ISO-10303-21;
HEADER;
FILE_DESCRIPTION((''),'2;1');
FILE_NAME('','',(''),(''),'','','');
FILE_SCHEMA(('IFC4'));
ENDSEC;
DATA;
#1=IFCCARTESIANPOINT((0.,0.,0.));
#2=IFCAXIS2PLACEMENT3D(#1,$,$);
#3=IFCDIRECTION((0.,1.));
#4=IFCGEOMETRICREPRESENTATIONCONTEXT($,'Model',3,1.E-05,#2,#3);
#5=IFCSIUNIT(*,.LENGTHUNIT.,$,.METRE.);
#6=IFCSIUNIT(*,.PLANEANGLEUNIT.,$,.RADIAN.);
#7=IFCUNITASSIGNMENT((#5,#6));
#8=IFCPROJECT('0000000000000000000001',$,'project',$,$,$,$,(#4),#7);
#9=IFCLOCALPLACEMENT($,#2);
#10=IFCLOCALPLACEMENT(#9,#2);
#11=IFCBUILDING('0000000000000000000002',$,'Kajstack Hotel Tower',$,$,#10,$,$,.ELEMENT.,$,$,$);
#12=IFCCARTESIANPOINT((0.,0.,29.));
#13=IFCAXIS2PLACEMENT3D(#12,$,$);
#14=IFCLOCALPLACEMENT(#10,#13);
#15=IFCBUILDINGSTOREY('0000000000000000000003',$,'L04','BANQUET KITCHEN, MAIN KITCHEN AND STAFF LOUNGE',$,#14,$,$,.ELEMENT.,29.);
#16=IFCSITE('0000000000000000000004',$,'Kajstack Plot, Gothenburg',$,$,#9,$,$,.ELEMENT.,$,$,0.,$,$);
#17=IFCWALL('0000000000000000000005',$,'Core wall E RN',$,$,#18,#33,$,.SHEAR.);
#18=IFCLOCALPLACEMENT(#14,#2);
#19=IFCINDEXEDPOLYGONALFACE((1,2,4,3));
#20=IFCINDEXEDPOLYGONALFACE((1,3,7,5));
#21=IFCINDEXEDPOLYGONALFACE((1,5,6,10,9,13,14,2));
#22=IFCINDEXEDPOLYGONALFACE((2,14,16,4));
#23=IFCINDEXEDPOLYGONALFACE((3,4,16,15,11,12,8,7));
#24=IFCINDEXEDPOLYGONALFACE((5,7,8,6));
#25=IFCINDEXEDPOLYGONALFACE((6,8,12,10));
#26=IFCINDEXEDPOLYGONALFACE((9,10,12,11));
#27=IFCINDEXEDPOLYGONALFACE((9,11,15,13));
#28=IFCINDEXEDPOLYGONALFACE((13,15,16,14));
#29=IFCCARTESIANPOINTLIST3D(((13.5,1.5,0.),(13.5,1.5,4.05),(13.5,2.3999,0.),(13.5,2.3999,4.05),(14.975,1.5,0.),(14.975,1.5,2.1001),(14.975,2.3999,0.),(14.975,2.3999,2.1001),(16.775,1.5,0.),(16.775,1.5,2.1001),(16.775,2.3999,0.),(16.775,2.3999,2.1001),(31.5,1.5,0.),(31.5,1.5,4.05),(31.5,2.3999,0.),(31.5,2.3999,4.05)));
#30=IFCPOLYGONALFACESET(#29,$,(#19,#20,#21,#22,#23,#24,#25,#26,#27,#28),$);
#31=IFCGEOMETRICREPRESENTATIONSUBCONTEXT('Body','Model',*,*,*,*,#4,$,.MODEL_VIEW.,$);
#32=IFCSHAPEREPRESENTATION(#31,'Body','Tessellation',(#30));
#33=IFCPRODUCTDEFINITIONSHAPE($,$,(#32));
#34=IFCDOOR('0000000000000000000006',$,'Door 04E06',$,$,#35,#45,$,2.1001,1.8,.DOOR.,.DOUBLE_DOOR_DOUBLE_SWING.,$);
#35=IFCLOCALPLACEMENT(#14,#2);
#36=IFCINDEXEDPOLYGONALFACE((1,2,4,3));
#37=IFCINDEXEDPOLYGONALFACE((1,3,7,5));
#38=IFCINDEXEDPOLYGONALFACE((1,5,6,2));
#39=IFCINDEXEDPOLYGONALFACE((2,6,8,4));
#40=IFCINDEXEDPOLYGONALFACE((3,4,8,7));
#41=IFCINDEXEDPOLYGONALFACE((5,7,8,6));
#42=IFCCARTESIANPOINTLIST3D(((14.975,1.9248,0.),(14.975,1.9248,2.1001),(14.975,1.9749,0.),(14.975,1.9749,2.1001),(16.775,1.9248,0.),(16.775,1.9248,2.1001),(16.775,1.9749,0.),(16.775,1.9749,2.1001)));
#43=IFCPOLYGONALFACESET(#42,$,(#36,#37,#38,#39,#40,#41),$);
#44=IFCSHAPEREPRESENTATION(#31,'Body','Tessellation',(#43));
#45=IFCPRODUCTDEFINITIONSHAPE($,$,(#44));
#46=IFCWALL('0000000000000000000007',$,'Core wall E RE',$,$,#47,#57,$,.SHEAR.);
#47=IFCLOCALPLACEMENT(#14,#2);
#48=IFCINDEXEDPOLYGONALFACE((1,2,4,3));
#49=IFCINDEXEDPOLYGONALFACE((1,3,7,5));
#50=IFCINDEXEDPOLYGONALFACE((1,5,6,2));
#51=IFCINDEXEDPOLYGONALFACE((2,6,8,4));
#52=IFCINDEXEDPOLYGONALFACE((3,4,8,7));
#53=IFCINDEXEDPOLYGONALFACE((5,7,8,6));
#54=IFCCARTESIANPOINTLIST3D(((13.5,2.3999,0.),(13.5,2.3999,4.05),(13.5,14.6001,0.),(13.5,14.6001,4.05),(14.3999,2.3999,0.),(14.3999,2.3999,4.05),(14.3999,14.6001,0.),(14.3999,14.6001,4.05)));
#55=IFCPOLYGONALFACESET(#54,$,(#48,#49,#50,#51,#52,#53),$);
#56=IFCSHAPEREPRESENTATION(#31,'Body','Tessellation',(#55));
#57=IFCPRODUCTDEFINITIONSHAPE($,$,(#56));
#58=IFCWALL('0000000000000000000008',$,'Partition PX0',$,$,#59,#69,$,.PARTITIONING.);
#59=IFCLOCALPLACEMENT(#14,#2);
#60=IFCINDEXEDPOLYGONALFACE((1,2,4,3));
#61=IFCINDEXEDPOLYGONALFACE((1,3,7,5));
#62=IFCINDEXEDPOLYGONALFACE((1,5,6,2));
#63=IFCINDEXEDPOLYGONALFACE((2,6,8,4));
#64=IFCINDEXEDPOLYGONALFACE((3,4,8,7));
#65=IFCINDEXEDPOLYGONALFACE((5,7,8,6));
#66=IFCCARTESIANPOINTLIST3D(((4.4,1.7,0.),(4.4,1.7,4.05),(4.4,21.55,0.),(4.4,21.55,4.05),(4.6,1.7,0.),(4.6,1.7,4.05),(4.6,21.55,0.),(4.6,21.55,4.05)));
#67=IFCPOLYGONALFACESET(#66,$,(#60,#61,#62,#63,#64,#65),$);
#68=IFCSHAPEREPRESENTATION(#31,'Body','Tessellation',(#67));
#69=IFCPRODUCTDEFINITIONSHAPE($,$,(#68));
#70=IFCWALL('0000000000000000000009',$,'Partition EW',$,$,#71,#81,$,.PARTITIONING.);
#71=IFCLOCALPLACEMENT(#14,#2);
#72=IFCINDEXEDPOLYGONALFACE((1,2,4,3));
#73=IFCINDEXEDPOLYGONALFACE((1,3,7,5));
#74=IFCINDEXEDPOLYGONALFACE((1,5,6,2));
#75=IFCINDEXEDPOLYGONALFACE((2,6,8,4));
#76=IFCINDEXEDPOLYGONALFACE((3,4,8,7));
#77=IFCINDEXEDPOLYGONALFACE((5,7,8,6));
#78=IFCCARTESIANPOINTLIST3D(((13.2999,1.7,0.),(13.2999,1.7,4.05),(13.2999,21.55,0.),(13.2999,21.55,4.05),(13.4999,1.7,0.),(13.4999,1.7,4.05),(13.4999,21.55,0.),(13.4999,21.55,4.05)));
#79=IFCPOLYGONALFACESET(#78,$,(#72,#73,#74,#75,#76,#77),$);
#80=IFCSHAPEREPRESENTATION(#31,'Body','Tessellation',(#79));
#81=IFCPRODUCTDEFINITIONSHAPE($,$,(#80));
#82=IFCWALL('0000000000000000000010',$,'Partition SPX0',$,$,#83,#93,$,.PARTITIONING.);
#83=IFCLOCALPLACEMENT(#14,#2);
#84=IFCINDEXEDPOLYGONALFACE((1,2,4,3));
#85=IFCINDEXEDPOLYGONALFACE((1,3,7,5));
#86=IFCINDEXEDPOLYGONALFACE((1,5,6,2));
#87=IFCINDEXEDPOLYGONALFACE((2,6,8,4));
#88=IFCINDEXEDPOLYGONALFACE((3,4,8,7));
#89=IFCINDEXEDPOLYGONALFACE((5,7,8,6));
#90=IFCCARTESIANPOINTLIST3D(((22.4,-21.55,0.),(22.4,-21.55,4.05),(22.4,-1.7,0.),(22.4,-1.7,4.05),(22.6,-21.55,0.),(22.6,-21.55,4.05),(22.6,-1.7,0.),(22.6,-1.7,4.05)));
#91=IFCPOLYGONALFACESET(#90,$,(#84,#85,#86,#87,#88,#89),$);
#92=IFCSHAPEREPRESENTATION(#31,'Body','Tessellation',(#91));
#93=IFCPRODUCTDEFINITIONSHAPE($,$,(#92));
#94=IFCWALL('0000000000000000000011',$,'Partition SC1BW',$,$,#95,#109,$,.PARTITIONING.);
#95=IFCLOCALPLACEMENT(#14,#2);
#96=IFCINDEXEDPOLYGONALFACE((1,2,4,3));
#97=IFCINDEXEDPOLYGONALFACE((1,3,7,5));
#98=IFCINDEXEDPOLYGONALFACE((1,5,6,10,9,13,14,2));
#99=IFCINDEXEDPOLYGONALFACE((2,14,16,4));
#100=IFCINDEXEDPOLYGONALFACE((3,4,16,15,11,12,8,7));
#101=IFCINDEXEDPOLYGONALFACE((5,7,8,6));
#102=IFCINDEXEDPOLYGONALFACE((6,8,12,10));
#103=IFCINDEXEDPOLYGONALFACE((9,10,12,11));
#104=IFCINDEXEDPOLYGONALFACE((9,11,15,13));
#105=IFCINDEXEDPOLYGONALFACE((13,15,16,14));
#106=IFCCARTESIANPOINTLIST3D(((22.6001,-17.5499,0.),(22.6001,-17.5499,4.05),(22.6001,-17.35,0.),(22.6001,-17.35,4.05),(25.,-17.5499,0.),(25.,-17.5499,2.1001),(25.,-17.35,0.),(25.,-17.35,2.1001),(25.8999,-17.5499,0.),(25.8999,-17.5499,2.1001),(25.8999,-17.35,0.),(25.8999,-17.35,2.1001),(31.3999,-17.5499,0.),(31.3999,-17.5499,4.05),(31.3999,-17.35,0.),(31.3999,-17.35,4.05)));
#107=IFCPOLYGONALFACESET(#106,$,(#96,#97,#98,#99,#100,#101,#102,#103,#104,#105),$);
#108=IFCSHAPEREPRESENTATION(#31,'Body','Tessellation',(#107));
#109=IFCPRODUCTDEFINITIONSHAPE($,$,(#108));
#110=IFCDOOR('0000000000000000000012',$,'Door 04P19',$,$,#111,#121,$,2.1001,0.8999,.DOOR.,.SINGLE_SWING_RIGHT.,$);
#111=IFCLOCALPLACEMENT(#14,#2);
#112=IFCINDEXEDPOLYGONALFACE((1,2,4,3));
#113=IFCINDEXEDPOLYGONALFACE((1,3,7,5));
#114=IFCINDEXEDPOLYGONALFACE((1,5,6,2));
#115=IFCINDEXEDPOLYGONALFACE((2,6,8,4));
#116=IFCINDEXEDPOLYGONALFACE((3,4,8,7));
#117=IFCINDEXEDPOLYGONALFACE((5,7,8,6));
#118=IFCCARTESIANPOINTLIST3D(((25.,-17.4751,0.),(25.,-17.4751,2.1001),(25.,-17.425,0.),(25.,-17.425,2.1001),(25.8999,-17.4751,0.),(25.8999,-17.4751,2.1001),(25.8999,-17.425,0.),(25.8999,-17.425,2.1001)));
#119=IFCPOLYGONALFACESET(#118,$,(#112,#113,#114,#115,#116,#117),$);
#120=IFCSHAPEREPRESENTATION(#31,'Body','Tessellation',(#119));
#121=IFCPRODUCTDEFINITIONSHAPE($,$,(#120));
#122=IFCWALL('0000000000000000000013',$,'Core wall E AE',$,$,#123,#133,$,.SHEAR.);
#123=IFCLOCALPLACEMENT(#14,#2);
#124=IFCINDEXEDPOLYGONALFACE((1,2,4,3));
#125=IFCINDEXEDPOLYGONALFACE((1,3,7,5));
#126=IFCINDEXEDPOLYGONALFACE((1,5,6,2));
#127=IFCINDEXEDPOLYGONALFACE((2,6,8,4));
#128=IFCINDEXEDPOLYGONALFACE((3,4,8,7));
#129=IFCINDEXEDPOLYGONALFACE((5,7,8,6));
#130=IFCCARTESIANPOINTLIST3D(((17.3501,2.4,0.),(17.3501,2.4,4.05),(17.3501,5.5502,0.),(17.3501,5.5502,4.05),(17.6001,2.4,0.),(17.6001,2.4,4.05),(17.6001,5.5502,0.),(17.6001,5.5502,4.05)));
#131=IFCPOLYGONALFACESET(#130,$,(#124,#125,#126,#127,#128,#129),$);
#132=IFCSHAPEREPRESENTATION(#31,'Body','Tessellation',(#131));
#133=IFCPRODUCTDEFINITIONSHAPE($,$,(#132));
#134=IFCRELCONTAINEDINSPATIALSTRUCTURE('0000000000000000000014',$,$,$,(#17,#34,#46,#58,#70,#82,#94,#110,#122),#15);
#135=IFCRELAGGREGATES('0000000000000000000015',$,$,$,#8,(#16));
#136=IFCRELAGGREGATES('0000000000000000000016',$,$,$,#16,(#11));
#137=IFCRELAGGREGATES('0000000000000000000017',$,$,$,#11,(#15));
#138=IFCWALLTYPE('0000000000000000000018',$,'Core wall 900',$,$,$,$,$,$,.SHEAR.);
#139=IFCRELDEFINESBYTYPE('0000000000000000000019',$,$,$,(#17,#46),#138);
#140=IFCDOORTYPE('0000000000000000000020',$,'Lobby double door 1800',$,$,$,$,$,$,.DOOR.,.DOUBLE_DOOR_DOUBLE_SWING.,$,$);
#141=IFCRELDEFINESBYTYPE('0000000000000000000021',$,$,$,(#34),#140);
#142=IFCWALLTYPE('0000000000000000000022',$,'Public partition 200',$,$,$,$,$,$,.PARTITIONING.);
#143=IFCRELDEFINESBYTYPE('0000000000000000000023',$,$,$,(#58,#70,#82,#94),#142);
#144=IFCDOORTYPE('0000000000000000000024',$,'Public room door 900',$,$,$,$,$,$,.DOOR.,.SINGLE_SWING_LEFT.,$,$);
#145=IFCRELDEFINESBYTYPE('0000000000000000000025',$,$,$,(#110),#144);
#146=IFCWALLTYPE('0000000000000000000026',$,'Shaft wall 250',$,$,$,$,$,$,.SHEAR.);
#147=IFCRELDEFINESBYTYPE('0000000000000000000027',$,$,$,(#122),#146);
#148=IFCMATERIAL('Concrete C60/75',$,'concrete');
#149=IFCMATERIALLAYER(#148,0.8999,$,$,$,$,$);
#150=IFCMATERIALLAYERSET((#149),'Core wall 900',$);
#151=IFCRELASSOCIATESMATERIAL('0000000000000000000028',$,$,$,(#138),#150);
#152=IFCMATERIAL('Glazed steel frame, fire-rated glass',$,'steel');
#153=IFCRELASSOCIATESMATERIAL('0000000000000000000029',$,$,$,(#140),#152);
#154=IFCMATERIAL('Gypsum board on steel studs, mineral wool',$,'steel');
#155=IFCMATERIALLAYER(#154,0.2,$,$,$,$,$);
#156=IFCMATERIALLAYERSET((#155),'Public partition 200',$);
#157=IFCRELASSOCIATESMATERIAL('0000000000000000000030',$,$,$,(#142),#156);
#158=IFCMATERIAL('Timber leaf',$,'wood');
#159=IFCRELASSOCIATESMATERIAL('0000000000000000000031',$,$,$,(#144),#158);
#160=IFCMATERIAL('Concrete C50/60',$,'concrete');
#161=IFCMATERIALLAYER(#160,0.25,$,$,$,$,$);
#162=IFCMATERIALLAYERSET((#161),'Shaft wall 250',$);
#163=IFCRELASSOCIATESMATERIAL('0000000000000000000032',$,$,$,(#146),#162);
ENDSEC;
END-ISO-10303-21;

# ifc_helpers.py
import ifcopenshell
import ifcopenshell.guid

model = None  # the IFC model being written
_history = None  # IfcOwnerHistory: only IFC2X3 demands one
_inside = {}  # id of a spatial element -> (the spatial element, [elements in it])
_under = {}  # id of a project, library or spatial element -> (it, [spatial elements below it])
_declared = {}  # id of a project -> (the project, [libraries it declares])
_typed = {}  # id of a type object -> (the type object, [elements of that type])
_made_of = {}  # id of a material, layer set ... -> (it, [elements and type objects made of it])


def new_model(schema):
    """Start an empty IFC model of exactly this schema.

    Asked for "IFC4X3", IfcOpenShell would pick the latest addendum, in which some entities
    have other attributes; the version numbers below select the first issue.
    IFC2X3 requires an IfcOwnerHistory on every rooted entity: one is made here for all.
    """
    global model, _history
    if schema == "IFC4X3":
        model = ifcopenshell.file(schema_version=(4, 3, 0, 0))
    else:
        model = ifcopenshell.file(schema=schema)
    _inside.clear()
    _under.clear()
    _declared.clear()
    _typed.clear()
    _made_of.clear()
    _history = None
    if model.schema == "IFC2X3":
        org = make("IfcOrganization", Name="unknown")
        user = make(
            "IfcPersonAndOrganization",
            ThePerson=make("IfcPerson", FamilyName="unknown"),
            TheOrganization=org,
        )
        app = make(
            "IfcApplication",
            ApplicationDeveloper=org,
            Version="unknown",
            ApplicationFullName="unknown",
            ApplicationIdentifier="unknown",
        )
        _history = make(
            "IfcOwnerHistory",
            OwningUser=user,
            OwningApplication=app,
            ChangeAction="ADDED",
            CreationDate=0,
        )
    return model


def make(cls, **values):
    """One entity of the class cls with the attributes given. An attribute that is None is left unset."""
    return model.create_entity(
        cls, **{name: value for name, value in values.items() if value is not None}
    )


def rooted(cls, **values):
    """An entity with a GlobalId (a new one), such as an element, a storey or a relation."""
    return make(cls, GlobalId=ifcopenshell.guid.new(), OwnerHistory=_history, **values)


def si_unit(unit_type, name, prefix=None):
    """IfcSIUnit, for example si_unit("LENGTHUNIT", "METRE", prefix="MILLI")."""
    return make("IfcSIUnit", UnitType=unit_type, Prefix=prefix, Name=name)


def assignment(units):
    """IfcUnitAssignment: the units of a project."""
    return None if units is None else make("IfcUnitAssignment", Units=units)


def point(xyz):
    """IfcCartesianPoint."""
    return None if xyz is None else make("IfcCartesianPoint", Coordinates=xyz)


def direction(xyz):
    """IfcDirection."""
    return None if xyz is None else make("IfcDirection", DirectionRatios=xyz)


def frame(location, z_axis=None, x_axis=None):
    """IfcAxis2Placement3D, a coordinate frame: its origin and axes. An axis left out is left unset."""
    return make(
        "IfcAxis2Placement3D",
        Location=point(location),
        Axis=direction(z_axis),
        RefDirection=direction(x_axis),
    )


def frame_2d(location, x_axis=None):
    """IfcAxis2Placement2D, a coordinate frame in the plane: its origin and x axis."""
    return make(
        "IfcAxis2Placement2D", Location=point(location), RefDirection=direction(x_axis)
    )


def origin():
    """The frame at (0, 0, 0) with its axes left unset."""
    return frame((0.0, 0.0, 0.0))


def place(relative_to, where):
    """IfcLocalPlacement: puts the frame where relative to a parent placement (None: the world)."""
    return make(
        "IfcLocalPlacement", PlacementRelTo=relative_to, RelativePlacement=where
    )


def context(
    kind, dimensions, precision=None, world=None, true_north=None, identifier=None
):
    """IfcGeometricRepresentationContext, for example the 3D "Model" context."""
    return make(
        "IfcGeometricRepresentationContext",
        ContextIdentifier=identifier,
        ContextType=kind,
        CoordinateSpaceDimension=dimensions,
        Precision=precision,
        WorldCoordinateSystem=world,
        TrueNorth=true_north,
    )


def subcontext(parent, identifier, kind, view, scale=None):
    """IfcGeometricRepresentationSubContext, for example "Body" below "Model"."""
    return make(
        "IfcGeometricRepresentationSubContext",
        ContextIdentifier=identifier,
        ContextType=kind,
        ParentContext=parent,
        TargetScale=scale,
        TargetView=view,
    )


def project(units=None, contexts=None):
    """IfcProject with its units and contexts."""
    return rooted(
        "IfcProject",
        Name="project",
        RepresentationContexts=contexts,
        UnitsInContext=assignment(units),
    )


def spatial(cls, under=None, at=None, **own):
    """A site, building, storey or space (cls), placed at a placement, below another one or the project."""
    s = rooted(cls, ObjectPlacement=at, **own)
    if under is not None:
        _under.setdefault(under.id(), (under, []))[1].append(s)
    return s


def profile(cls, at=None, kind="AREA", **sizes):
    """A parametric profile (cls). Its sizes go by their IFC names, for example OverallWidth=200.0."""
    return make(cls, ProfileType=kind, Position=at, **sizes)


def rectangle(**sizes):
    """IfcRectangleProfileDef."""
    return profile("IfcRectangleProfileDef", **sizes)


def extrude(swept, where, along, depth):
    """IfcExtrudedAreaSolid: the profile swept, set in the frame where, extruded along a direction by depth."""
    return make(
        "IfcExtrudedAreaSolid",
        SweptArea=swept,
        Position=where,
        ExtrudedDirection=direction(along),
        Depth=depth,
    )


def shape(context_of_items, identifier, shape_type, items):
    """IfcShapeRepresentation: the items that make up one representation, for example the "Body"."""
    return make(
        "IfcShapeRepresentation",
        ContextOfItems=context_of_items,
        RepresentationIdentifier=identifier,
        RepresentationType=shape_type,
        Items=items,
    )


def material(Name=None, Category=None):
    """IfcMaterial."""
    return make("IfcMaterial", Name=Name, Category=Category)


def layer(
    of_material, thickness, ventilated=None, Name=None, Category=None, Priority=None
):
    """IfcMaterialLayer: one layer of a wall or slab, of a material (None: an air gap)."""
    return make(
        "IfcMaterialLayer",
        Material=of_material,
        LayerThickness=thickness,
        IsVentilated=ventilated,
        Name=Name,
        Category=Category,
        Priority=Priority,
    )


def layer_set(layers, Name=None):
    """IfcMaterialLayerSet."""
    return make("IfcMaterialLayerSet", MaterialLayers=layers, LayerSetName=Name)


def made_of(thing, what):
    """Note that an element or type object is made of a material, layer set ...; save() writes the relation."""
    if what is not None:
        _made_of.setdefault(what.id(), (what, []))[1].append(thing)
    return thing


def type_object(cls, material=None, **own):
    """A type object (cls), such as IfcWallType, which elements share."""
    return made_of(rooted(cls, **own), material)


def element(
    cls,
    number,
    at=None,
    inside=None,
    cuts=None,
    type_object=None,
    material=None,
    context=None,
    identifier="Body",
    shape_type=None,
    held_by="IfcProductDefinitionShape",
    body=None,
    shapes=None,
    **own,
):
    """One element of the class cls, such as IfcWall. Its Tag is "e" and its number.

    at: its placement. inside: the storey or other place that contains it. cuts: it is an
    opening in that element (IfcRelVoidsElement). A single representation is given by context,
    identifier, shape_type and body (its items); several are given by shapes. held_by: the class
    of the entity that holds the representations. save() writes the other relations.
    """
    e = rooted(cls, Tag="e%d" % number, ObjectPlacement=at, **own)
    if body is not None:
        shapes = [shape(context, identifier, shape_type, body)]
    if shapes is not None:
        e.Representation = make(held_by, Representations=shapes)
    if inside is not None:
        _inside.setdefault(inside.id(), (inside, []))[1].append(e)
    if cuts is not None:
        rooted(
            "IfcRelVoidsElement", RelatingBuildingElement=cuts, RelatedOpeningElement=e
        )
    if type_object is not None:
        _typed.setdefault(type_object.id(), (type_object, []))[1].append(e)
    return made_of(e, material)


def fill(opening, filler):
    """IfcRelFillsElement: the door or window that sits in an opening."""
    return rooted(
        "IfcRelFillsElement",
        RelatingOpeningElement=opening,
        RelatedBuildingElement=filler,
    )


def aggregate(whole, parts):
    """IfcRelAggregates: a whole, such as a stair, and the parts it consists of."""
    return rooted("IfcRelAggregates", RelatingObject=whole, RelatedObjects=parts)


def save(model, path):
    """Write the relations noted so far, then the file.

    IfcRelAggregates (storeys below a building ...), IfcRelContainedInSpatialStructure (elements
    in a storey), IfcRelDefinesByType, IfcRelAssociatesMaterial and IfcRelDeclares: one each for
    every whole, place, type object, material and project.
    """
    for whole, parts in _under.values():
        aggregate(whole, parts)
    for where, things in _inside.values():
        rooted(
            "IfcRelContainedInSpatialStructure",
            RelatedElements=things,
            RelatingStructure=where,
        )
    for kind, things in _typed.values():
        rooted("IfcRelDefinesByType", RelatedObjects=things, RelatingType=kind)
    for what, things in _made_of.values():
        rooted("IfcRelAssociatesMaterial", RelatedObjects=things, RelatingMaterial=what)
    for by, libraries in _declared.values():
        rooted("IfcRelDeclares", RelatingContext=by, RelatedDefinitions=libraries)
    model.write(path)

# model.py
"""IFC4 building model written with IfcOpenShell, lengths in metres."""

from ifc_helpers import new_model, si_unit, direction, frame, frame_2d, origin, place, context, subcontext, project, spatial, rectangle, extrude, material, layer, layer_set, type_object, element, fill, save


model = new_model("IFC4")

# Units and contexts
model_context = context("Model", 3, precision=1e-05, world=origin(), true_north=direction((0.0, 1.0)))
body_context = subcontext(model_context, "Body", "Model", "MODEL_VIEW")
ifc_project = project(units=[si_unit("LENGTHUNIT", "METRE"), si_unit("PLANEANGLEUNIT", "RADIAN")], contexts=[model_context])

# Site, building, storey
site_placement = place(None, origin())
site = spatial("IfcSite", under=ifc_project, at=site_placement, Name="Kajstack Plot, Gothenburg", CompositionType="ELEMENT", RefElevation=0.0)
building_placement = place(site_placement, origin())
building = spatial("IfcBuilding", under=site, at=building_placement, Name="Kajstack Hotel Tower", CompositionType="ELEMENT")
storey_placement = place(building_placement, frame((0.0, 0.0, 29.0)))
storey = spatial("IfcBuildingStorey", under=building, at=storey_placement, Name="L04", Description="BANQUET KITCHEN, MAIN KITCHEN AND STAFF LOUNGE", CompositionType="ELEMENT", Elevation=29.0)

# Shared definitions
ifc_material_1 = material(Name="Concrete C50/60", Category="concrete")

# Wall, opening, door
ifc_material_2 = material(Name="Concrete C60/75", Category="concrete")
ifc_layer_1 = layer(ifc_material_2, 0.8999)
ifc_layer_set_1 = layer_set([ifc_layer_1], Name="Core wall 900")
wall_type_1 = type_object("IfcWallType", Name="Core wall 900", PredefinedType="SHEAR", material=ifc_layer_set_1)
wall_1_placement = place(storey_placement, frame((13.5, 1.95, 0.0), z_axis=(0.0, 0.0, 1.0), x_axis=(1.0, 0.0, 0.0)))
wall_1 = element("IfcWall", 1, at=wall_1_placement, inside=storey, type_object=wall_type_1, Name="Core wall E RN", PredefinedType="SHEAR", context=body_context, shape_type="SweptSolid", body=[
    extrude(rectangle(XDim=18.0, YDim=0.8999, at=frame_2d((9.0, 0.0))), origin(), (0.0, 0.0, 1.0), 4.05),
])
opening_1_placement = place(wall_1_placement, frame((1.4751, 0.0, 0.0)))
opening_1 = element("IfcOpeningElement", 2, at=opening_1_placement, cuts=wall_1, PredefinedType="OPENING", context=body_context, shape_type="SweptSolid", body=[
    extrude(rectangle(XDim=1.8, YDim=2.1001, at=frame_2d((0.8999, 1.05))), frame((0.0, 0.46, 0.0), z_axis=(0.0, -1.0, 0.0), x_axis=(1.0, 0.0, 0.0)), (0.0, 0.0, 1.0), 0.9199),
])
ifc_material_3 = material(Name="Glazed steel frame, fire-rated glass", Category="steel")
door_type_1 = type_object("IfcDoorType", Name="Lobby double door 1800", OperationType="DOUBLE_DOOR_DOUBLE_SWING", PredefinedType="DOOR", material=ifc_material_3)
door_1_placement = place(opening_1_placement, origin())
door_1 = element("IfcDoor", 3, at=door_1_placement, inside=storey, type_object=door_type_1, Name="Door 04E06", OperationType="DOUBLE_DOOR_DOUBLE_SWING", OverallHeight=2.1001, OverallWidth=1.8, PredefinedType="DOOR", context=body_context, shape_type="SweptSolid", body=[
    extrude(rectangle(XDim=1.8, YDim=2.1001, at=frame_2d((0.8999, 1.05))), frame((0.0, 0.0249, 0.0), z_axis=(0.0, -1.0, 0.0), x_axis=(1.0, 0.0, 0.0)), (0.0, 0.0, 1.0), 0.05),
])
fill(opening_1, door_1)

# Walls
wall_2_placement = place(storey_placement, frame((13.95, 2.3999, 0.0), z_axis=(0.0, 0.0, 1.0), x_axis=(0.0, 1.0, 0.0)))
element("IfcWall", 4, at=wall_2_placement, inside=storey, type_object=wall_type_1, Name="Core wall E RE", PredefinedType="SHEAR", context=body_context, shape_type="SweptSolid", body=[
    extrude(rectangle(XDim=12.2002, YDim=0.8999, at=frame_2d((6.1001, 0.0))), origin(), (0.0, 0.0, 1.0), 4.05),
])
ifc_material_4 = material(Name="Gypsum board on steel studs, mineral wool", Category="steel")
ifc_layer_2 = layer(ifc_material_4, 0.2)
ifc_layer_set_2 = layer_set([ifc_layer_2], Name="Public partition 200")
wall_type_2 = type_object("IfcWallType", Name="Public partition 200", PredefinedType="PARTITIONING", material=ifc_layer_set_2)
for number, where, z_axis, x_axis, name in (
    (5, (4.5, 1.7, 0.0), (0.0, 0.0, 1.0), (0.0, 1.0, 0.0), "Partition PX0"),
    (6, (13.3999, 1.7, 0.0), (0.0, 0.0, 1.0), (0.0, 1.0, 0.0), "Partition EW"),
    (7, (22.5, -21.55, 0.0), (0.0, 0.0, 1.0), (0.0, 1.0, 0.0), "Partition SPX0"),
):
    element("IfcWall", number, at=place(storey_placement, frame(where, z_axis=z_axis, x_axis=x_axis)), inside=storey, type_object=wall_type_2, Name=name, PredefinedType="PARTITIONING", context=body_context, shape_type="SweptSolid", body=[
        extrude(rectangle(XDim=19.8501, YDim=0.2, at=frame_2d((9.925, 0.0))), origin(), (0.0, 0.0, 1.0), 4.05),
    ])

# Wall, opening, door
wall_3_placement = place(storey_placement, frame((22.6001, -17.45, 0.0), z_axis=(0.0, 0.0, 1.0), x_axis=(1.0, 0.0, 0.0)))
wall_3 = element("IfcWall", 8, at=wall_3_placement, inside=storey, type_object=wall_type_2, Name="Partition SC1BW", PredefinedType="PARTITIONING", context=body_context, shape_type="SweptSolid", body=[
    extrude(rectangle(XDim=8.7998, YDim=0.2, at=frame_2d((4.3999, 0.0))), origin(), (0.0, 0.0, 1.0), 4.05),
])
opening_2_placement = place(wall_3_placement, frame((2.3999, 0.0, 0.0)))
opening_2 = element("IfcOpeningElement", 9, at=opening_2_placement, cuts=wall_3, PredefinedType="OPENING", context=body_context, shape_type="SweptSolid", body=[
    extrude(rectangle(XDim=0.8999, YDim=2.1001, at=frame_2d((0.45, 1.05))), frame((0.0, 0.1099, 0.0), z_axis=(0.0, -1.0, 0.0), x_axis=(1.0, 0.0, 0.0)), (0.0, 0.0, 1.0), 0.22),
])
ifc_material_5 = material(Name="Timber leaf", Category="wood")
door_type_2 = type_object("IfcDoorType", Name="Public room door 900", OperationType="SINGLE_SWING_LEFT", PredefinedType="DOOR", material=ifc_material_5)
door_2_placement = place(opening_2_placement, origin())
door_2 = element("IfcDoor", 10, at=door_2_placement, inside=storey, type_object=door_type_2, Name="Door 04P19", OperationType="SINGLE_SWING_RIGHT", OverallHeight=2.1001, OverallWidth=0.8999, PredefinedType="DOOR", context=body_context, shape_type="SweptSolid", body=[
    extrude(rectangle(XDim=0.8999, YDim=2.1001, at=frame_2d((0.45, 1.05))), frame((0.0, 0.0249, 0.0), z_axis=(0.0, -1.0, 0.0), x_axis=(1.0, 0.0, 0.0)), (0.0, 0.0, 1.0), 0.05),
])
fill(opening_2, door_2)

# Wall
ifc_layer_3 = layer(ifc_material_1, 0.25)
ifc_layer_set_3 = layer_set([ifc_layer_3], Name="Shaft wall 250")
wall_type_3 = type_object("IfcWallType", Name="Shaft wall 250", PredefinedType="SHEAR", material=ifc_layer_set_3)
wall_4_placement = place(storey_placement, frame((17.4751, 2.3999, 0.0), z_axis=(0.0, 0.0, 1.0), x_axis=(0.0, 1.0, 0.0)))
element("IfcWall", 11, at=wall_4_placement, inside=storey, type_object=wall_type_3, Name="Core wall E AE", PredefinedType="SHEAR", context=body_context, shape_type="SweptSolid", body=[
    extrude(rectangle(XDim=3.1501, YDim=0.25, at=frame_2d((1.5752, 0.0))), origin(), (0.0, 0.0, 1.0), 4.05),
])

save(model, "model.ifc")
